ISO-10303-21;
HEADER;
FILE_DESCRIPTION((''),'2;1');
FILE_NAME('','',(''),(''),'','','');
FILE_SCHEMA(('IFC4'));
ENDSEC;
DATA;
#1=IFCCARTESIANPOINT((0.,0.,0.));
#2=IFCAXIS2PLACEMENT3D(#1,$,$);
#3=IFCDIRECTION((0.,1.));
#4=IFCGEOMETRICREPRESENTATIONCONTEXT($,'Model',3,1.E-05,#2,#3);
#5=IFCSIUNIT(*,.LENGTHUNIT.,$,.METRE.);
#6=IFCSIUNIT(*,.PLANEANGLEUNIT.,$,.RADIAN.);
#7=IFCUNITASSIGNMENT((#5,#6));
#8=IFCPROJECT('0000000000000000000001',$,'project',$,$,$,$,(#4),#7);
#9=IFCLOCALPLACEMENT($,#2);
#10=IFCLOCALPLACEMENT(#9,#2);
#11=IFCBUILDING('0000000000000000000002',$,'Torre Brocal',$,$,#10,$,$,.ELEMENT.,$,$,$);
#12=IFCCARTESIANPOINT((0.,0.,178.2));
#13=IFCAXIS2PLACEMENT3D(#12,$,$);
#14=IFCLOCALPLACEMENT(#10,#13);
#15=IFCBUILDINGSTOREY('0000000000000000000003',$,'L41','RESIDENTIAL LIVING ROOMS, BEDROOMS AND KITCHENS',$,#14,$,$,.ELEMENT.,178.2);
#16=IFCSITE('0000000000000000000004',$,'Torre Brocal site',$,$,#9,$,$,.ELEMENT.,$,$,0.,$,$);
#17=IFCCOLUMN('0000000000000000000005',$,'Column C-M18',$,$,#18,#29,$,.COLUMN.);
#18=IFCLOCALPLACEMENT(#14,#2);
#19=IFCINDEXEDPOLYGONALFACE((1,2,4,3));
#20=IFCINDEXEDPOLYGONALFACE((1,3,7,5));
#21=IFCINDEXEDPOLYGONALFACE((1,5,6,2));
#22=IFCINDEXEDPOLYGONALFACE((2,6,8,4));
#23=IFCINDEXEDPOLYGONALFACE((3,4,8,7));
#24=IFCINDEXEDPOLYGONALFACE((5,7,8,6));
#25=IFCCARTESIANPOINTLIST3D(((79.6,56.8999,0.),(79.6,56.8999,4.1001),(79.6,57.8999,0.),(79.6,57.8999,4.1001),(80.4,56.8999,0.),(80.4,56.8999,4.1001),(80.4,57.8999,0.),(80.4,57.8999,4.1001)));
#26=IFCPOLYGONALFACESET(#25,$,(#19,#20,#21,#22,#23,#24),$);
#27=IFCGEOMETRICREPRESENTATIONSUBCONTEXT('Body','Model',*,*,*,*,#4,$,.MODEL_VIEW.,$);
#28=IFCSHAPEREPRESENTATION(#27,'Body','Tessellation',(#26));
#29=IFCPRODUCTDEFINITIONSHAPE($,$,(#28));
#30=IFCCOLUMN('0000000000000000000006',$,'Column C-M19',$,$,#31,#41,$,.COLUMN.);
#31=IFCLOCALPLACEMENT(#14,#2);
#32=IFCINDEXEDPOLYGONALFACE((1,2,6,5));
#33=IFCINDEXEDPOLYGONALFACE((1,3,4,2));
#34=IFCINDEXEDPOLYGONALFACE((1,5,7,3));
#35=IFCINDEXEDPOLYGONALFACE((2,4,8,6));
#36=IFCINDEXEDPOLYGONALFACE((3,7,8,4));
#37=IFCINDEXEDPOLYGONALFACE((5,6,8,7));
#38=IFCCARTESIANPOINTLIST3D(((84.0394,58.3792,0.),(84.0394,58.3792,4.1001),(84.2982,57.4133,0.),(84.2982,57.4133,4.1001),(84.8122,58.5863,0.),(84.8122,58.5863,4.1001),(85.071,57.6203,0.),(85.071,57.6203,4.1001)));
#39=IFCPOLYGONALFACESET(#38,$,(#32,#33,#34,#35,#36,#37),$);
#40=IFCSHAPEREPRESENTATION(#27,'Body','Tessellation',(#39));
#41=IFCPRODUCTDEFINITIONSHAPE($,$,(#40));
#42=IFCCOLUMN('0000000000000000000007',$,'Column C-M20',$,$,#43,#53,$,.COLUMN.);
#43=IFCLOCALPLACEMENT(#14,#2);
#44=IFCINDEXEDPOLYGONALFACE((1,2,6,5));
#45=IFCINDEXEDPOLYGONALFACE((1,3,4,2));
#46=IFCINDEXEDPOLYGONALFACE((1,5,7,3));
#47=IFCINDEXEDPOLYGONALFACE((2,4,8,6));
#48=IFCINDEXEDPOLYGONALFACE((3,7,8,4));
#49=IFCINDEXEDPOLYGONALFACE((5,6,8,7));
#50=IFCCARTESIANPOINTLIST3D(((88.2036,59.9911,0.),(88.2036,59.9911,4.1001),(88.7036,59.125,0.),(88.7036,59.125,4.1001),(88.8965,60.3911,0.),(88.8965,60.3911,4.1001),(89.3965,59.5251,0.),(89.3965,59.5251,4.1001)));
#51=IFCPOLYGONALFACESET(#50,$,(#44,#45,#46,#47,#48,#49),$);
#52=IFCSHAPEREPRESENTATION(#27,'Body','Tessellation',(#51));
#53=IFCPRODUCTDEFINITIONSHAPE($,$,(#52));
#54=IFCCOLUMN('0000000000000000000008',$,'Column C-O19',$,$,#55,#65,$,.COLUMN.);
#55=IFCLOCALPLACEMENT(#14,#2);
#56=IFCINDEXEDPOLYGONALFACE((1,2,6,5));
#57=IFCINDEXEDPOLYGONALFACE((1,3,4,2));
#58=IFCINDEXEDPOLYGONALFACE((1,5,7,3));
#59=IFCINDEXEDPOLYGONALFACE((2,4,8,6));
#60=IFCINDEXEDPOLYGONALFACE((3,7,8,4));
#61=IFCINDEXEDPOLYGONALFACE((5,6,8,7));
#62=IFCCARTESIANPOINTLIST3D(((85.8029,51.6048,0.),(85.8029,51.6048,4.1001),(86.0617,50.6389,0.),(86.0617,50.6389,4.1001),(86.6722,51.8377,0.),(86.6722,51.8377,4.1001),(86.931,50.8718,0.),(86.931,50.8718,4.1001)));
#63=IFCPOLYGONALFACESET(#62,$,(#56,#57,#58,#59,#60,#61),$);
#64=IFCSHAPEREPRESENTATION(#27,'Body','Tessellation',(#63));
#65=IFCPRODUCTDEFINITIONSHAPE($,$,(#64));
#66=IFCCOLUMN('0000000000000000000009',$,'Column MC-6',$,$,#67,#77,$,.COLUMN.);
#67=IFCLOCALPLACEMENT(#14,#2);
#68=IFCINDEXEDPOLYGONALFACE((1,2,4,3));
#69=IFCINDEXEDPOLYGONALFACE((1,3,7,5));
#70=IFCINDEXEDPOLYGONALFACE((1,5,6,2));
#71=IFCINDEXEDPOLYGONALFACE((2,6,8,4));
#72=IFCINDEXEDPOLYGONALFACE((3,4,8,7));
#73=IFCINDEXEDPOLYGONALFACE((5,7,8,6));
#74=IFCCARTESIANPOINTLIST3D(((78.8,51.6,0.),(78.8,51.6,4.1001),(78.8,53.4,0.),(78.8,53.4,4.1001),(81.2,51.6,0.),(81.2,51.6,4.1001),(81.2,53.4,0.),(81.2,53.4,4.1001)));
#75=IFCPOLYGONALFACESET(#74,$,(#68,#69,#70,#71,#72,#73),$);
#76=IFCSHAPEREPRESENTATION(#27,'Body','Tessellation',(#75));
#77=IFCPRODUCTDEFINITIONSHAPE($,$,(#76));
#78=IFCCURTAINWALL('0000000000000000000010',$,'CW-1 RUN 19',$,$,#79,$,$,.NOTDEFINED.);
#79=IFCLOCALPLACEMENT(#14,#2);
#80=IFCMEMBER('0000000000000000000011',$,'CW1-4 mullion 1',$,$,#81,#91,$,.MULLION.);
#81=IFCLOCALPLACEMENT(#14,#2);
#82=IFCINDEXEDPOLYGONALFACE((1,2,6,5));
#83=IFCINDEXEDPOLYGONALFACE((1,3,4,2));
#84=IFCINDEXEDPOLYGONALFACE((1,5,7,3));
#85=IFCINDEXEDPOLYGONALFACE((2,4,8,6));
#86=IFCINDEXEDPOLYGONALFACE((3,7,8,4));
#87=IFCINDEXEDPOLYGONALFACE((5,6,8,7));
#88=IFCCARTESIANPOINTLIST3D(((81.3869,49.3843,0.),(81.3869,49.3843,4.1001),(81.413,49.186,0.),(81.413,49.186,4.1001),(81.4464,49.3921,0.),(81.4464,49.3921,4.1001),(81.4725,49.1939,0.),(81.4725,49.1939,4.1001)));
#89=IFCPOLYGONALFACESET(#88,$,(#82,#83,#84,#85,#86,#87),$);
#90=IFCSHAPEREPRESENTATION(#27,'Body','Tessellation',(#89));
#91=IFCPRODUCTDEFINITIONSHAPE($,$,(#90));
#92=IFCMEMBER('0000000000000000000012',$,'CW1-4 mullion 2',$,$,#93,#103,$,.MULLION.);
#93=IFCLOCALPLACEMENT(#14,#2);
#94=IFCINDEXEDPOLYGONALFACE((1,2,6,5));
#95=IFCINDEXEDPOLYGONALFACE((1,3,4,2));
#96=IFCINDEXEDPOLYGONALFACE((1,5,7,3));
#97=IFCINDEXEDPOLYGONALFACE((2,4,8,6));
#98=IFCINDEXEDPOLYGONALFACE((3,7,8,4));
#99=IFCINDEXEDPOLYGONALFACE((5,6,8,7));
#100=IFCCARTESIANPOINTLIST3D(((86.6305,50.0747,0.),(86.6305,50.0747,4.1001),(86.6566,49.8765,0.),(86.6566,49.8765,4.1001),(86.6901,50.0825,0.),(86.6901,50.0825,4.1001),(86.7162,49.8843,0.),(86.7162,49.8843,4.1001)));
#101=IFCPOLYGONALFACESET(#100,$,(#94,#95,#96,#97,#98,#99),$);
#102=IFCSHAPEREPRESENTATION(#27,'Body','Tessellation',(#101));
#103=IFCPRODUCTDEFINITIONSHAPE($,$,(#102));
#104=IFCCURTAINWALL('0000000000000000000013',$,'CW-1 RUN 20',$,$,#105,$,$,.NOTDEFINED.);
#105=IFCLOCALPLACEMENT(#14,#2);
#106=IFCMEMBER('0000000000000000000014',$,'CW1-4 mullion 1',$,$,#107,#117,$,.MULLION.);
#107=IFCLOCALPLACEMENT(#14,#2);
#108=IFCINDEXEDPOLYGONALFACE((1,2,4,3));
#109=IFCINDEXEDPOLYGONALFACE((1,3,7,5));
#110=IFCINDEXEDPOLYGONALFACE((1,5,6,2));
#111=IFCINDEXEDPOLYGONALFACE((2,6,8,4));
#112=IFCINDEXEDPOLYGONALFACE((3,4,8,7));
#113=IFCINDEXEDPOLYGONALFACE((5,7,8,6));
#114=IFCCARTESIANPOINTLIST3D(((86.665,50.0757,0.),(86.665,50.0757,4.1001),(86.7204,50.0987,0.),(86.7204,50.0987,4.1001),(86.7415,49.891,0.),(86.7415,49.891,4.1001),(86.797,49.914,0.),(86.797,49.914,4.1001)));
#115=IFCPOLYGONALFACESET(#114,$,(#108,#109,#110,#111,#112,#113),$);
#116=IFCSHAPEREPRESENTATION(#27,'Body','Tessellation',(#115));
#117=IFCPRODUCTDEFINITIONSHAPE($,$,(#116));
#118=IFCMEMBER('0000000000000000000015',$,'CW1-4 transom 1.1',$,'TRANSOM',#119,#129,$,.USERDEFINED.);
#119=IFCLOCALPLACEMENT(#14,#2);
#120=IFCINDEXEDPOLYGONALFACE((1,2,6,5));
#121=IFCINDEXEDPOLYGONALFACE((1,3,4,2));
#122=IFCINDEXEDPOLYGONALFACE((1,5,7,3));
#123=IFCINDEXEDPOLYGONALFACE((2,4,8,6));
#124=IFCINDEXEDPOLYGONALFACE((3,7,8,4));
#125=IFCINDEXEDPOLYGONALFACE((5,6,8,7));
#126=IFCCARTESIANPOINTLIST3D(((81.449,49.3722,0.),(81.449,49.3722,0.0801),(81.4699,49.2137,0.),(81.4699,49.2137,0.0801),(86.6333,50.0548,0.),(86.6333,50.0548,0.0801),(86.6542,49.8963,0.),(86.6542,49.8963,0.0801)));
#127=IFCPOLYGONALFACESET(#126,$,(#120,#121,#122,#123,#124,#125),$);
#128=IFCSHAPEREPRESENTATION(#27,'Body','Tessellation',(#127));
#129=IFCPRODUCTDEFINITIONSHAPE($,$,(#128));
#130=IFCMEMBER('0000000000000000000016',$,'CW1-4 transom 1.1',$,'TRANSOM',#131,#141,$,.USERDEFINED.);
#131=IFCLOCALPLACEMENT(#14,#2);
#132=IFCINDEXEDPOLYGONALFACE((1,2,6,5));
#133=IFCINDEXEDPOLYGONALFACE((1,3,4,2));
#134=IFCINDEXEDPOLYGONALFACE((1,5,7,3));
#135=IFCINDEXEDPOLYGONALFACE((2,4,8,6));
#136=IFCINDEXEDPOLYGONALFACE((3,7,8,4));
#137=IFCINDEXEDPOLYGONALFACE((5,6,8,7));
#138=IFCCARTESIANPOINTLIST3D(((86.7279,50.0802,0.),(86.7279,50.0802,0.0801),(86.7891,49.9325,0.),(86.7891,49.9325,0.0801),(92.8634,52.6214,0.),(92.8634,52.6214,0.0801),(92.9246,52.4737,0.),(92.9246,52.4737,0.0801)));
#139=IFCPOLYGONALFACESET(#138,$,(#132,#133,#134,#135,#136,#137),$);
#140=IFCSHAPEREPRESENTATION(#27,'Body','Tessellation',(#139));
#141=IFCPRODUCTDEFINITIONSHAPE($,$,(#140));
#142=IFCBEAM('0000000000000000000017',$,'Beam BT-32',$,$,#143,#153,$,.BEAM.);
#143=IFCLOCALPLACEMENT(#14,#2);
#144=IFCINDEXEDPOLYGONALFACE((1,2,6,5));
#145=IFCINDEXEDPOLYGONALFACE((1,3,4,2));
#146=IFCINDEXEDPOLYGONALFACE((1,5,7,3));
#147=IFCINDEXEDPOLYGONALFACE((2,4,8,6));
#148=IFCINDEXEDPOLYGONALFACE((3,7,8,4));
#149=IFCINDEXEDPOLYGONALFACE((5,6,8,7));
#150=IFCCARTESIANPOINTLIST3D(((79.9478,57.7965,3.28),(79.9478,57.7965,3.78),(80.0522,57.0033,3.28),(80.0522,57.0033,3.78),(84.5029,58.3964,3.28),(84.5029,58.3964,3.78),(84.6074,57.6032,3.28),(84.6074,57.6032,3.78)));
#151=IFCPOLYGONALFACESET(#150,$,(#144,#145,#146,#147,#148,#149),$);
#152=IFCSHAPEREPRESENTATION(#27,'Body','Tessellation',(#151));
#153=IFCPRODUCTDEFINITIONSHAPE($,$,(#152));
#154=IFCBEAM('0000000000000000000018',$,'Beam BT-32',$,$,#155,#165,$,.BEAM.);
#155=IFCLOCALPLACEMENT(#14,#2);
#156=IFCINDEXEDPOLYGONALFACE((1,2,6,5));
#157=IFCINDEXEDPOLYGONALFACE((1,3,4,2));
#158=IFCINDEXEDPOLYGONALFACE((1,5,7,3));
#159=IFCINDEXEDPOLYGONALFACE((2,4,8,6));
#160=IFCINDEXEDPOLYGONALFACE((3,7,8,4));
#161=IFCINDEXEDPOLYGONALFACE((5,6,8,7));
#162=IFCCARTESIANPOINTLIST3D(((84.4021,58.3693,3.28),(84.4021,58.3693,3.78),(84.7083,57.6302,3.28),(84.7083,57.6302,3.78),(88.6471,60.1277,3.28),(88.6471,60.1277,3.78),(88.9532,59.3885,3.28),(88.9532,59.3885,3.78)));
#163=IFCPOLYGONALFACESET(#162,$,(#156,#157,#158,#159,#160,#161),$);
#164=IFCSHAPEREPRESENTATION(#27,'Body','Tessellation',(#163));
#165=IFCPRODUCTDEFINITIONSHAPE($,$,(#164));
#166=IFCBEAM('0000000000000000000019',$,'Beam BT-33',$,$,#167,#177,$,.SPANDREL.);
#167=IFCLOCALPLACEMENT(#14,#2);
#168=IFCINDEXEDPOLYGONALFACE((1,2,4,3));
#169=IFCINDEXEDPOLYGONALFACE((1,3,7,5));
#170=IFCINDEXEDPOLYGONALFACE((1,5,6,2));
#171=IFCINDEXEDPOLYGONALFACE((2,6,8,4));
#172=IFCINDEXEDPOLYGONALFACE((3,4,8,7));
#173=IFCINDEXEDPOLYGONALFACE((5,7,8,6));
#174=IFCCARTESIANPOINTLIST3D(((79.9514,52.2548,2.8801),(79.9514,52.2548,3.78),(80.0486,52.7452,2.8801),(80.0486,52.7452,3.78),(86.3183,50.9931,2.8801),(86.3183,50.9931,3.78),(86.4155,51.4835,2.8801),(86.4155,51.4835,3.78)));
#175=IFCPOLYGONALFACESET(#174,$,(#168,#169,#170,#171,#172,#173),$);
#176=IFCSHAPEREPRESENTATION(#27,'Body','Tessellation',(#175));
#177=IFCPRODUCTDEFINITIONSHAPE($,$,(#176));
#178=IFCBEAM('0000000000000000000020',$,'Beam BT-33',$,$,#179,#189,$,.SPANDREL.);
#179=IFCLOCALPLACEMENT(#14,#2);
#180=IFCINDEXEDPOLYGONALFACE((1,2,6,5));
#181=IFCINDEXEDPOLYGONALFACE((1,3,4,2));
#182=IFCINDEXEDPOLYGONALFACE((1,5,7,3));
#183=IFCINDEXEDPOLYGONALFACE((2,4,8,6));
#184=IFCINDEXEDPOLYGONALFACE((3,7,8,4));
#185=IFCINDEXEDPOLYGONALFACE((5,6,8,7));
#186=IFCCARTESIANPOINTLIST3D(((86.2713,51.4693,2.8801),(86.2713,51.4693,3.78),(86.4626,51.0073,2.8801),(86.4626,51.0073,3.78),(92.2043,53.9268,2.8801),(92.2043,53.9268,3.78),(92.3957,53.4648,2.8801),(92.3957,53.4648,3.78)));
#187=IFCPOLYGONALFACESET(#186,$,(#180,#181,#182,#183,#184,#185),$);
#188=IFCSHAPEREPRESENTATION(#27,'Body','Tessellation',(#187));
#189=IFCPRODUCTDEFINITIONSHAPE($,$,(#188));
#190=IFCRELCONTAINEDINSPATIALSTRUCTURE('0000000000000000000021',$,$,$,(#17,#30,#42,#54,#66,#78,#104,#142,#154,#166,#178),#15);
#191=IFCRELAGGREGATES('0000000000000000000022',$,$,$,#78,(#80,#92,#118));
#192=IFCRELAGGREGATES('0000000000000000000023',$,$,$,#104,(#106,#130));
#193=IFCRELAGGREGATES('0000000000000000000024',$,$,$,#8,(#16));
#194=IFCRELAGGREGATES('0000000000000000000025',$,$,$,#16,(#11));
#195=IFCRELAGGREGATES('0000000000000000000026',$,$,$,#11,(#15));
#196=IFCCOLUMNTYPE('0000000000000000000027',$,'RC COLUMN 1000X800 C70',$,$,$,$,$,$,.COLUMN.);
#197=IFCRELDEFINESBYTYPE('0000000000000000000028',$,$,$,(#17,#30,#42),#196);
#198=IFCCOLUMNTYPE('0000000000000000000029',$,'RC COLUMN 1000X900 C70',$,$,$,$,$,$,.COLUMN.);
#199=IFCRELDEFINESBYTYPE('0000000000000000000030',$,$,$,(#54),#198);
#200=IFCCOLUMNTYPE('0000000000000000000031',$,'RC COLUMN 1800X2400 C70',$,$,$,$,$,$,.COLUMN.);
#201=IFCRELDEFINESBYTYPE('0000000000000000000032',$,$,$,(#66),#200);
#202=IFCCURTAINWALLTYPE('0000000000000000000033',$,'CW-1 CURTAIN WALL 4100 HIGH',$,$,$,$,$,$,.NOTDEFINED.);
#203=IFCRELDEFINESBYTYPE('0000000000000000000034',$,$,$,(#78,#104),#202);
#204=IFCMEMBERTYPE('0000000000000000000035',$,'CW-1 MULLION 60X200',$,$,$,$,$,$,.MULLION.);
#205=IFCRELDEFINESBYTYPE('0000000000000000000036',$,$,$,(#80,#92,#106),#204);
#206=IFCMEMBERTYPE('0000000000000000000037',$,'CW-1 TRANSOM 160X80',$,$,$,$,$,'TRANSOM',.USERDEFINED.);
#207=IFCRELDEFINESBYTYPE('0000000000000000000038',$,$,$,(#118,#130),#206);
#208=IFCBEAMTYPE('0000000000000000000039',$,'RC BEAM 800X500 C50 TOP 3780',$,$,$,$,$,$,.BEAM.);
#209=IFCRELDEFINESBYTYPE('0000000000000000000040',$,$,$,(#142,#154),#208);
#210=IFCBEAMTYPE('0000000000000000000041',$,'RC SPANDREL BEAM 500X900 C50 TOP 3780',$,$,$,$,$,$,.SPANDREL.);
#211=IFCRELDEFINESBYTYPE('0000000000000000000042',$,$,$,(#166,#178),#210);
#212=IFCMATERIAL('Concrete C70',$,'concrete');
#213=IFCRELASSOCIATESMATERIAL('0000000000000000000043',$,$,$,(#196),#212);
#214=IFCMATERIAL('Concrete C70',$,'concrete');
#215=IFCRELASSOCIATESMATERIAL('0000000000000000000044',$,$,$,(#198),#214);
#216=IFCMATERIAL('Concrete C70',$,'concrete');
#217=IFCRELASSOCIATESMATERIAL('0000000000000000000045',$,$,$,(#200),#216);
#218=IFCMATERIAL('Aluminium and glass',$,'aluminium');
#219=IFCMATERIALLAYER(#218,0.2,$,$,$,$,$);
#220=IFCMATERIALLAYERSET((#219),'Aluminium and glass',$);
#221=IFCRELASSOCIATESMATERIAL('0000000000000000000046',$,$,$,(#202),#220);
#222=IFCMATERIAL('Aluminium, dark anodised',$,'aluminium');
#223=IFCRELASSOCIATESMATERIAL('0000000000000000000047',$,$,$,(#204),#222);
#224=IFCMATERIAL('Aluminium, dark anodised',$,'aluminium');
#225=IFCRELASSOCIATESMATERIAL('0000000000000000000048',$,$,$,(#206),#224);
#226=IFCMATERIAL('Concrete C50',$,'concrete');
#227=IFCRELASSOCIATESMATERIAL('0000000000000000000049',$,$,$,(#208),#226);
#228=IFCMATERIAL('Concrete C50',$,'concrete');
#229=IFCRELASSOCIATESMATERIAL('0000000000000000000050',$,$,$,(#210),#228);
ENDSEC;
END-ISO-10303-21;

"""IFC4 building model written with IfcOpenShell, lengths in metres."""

from ifc_helpers import new_model, si_unit, direction, frame, origin, origin_2d, place, context, subcontext, project, spatial, rectangle, extrude, material, layer, layer_set, material_profile, profile_set, type_object, element, aggregate, save


model = new_model("IFC4")

# Units and contexts
model_context = context("Model", 3, precision=1e-05, world=origin(), true_north=direction((0.0, 1.0)))
body_context = subcontext(model_context, "Body", "Model", "MODEL_VIEW")
ifc_project = project(units=[si_unit("LENGTHUNIT", "METRE"), si_unit("PLANEANGLEUNIT", "RADIAN")], contexts=[model_context])

# Site, building, storey
site_placement = place(None, origin())
site = spatial("IfcSite", under=ifc_project, at=site_placement, Name="Torre Brocal site", CompositionType="ELEMENT", RefElevation=0.0)
building_placement = place(site_placement, origin())
building = spatial("IfcBuilding", under=site, at=building_placement, Name="Torre Brocal", CompositionType="ELEMENT")
storey_placement = place(building_placement, frame((0.0, 0.0, 178.2)))
storey = spatial("IfcBuildingStorey", under=building, at=storey_placement, Name="L41", Description="RESIDENTIAL LIVING ROOMS, BEDROOMS AND KITCHENS", CompositionType="ELEMENT", Elevation=178.2)

# Columns
ifc_material_1 = material(Name="Concrete C70", Category="concrete")
ifc_material_profile_1 = material_profile(ifc_material_1, rectangle(XDim=1.0, YDim=0.8, at=origin_2d()), Name="RC 1000X800")
ifc_profile_set_1 = profile_set([ifc_material_profile_1], Name="Concrete C70")
column_type_1 = type_object("IfcColumnType", Name="RC COLUMN 1000X800 C70", PredefinedType="COLUMN", material=ifc_profile_set_1)
for number, where, z_axis, x_axis, name in (
    (1, (80.0, 57.3999, 0.0), (0.0, 0.0, 1.0), (0.0, -1.0, 0.0), "Column C-M18"),
    (2, (84.5552, 57.9998, 0.0), (0.0, 0.0, 1.0), (0.258819, -0.965926, 0.0), "Column C-M19"),
    (3, (88.8, 59.7581, 0.0), (0.0, 0.0, 1.0), (0.5, -0.866025, 0.0), "Column C-M20"),
):
    element("IfcColumn", number, at=place(storey_placement, frame(where, z_axis=z_axis, x_axis=x_axis)), inside=storey, type_object=column_type_1, Name=name, PredefinedType="COLUMN", context=body_context, shape_type="SweptSolid", body=[
        extrude(rectangle(XDim=1.0, YDim=0.8, at=origin_2d()), origin(), (0.0, 0.0, 1.0), 4.1001),
    ])
ifc_material_2 = material(Name="Concrete C70", Category="concrete")
ifc_material_profile_2 = material_profile(ifc_material_2, rectangle(XDim=1.0, YDim=0.8999, at=origin_2d()), Name="RC 1000X900")
ifc_profile_set_2 = profile_set([ifc_material_profile_2], Name="Concrete C70")
column_type_2 = type_object("IfcColumnType", Name="RC COLUMN 1000X900 C70", PredefinedType="COLUMN", material=ifc_profile_set_2)
column_1_placement = place(storey_placement, frame((86.3669, 51.2383, 0.0), z_axis=(0.0, 0.0, 1.0), x_axis=(0.258819, -0.965926, 0.0)))
element("IfcColumn", 4, at=column_1_placement, inside=storey, type_object=column_type_2, Name="Column C-O19", PredefinedType="COLUMN", context=body_context, shape_type="SweptSolid", body=[
    extrude(rectangle(XDim=1.0, YDim=0.8999, at=origin_2d()), origin(), (0.0, 0.0, 1.0), 4.1001),
])
ifc_material_3 = material(Name="Concrete C70", Category="concrete")
ifc_material_profile_3 = material_profile(ifc_material_3, rectangle(XDim=1.8, YDim=2.3999, at=origin_2d()), Name="RC 1800X2400")
ifc_profile_set_3 = profile_set([ifc_material_profile_3], Name="Concrete C70")
column_type_3 = type_object("IfcColumnType", Name="RC COLUMN 1800X2400 C70", PredefinedType="COLUMN", material=ifc_profile_set_3)
column_2_placement = place(storey_placement, frame((80.0, 52.5, 0.0), z_axis=(0.0, 0.0, 1.0), x_axis=(0.0, -1.0, 0.0)))
element("IfcColumn", 5, at=column_2_placement, inside=storey, type_object=column_type_3, Name="Column MC-6", PredefinedType="COLUMN", context=body_context, shape_type="SweptSolid", body=[
    extrude(rectangle(XDim=1.8, YDim=2.3999, at=origin_2d()), origin(), (0.0, 0.0, 1.0), 4.1001),
])

# Curtain wall, members
ifc_material_4 = material(Name="Aluminium and glass", Category="aluminium")
ifc_layer_1 = layer(ifc_material_4, 0.2)
ifc_layer_set_1 = layer_set([ifc_layer_1], Name="Aluminium and glass")
curtain_wall_type = type_object("IfcCurtainWallType", Name="CW-1 CURTAIN WALL 4100 HIGH", PredefinedType="NOTDEFINED", material=ifc_layer_set_1)
curtain_wall_1_placement = place(storey_placement, origin())
curtain_wall_1 = element("IfcCurtainWall", 6, at=curtain_wall_1_placement, inside=storey, type_object=curtain_wall_type, Name="CW-1 RUN 19", PredefinedType="NOTDEFINED")
ifc_material_5 = material(Name="Aluminium, dark anodised", Category="aluminium")
ifc_material_profile_4 = material_profile(ifc_material_5, rectangle(XDim=0.2, YDim=0.0601, at=origin_2d()), Name="CW-1 MULLION 60X200")
ifc_profile_set_4 = profile_set([ifc_material_profile_4], Name="Aluminium, dark anodised")
member_type_1 = type_object("IfcMemberType", Name="CW-1 MULLION 60X200", PredefinedType="MULLION", material=ifc_profile_set_4)
member_1_placement = place(storey_placement, frame((81.4297, 49.2891, 0.0), z_axis=(0.0, 0.0, 1.0), x_axis=(-0.130526, 0.991445, 0.0)))
member_1 = element("IfcMember", 7, at=member_1_placement, type_object=member_type_1, Name="CW1-4 mullion 1", PredefinedType="MULLION", context=body_context, shape_type="SweptSolid", body=[
    extrude(rectangle(XDim=0.2, YDim=0.0601, at=origin_2d()), origin(), (0.0, 0.0, 1.0), 4.1001),
])
member_2_placement = place(storey_placement, frame((86.6733, 49.9795, 0.0), z_axis=(0.0, 0.0, 1.0), x_axis=(-0.130526, 0.991445, 0.0)))
member_2 = element("IfcMember", 8, at=member_2_placement, type_object=member_type_1, Name="CW1-4 mullion 2", PredefinedType="MULLION", context=body_context, shape_type="SweptSolid", body=[
    extrude(rectangle(XDim=0.2, YDim=0.0601, at=origin_2d()), origin(), (0.0, 0.0, 1.0), 4.1001),
])

# Curtain wall, member
curtain_wall_2_placement = place(storey_placement, origin())
curtain_wall_2 = element("IfcCurtainWall", 9, at=curtain_wall_2_placement, inside=storey, type_object=curtain_wall_type, Name="CW-1 RUN 20", PredefinedType="NOTDEFINED")
member_3_placement = place(storey_placement, frame((86.731, 49.9949, 0.0), z_axis=(0.0, 0.0, 1.0), x_axis=(-0.382683, 0.92388, 0.0)))
member_3 = element("IfcMember", 10, at=member_3_placement, type_object=member_type_1, Name="CW1-4 mullion 1", PredefinedType="MULLION", context=body_context, shape_type="SweptSolid", body=[
    extrude(rectangle(XDim=0.2, YDim=0.0601, at=origin_2d()), origin(), (0.0, 0.0, 1.0), 4.1001),
])

# Members
ifc_material_6 = material(Name="Aluminium, dark anodised", Category="aluminium")
ifc_material_profile_5 = material_profile(ifc_material_6, rectangle(XDim=0.1599, YDim=0.0801, at=origin_2d()), Name="CW-1 TRANSOM 160X80")
ifc_profile_set_5 = profile_set([ifc_material_profile_5], Name="Aluminium, dark anodised")
member_type_2 = type_object("IfcMemberType", Name="CW-1 TRANSOM 160X80", ElementType="TRANSOM", PredefinedType="USERDEFINED", material=ifc_profile_set_5)
member_4_placement = place(storey_placement, frame((81.4595, 49.293, 0.04), z_axis=(0.991443, 0.130543, 0.0), x_axis=(-0.130543, 0.991443, 0.0)))
member_4 = element("IfcMember", 11, at=member_4_placement, type_object=member_type_2, Name="CW1-4 transom 1.1", ObjectType="TRANSOM", PredefinedType="USERDEFINED", context=body_context, shape_type="SweptSolid", body=[
    extrude(rectangle(XDim=0.1599, YDim=0.0801, at=origin_2d()), origin(), (0.0, 0.0, 1.0), 5.229),
])
member_5_placement = place(storey_placement, frame((86.7585, 50.0063, 0.04), z_axis=(0.923887, 0.382665, 0.0), x_axis=(-0.382665, 0.923887, 0.0)))
member_5 = element("IfcMember", 12, at=member_5_placement, type_object=member_type_2, Name="CW1-4 transom 1.1", ObjectType="TRANSOM", PredefinedType="USERDEFINED", context=body_context, shape_type="SweptSolid", body=[
    extrude(rectangle(XDim=0.1599, YDim=0.0801, at=origin_2d()), origin(), (0.0, 0.0, 1.0), 6.6409),
])

# Beams
ifc_material_7 = material(Name="Concrete C50", Category="concrete")
ifc_material_profile_6 = material_profile(ifc_material_7, rectangle(XDim=0.8, YDim=0.5, at=origin_2d()), Name="RC 800X500")
ifc_profile_set_6 = profile_set([ifc_material_profile_6], Name="Concrete C50")
beam_type_1 = type_object("IfcBeamType", Name="RC BEAM 800X500 C50 TOP 3780", PredefinedType="BEAM", material=ifc_profile_set_6)
beam_1_placement = place(storey_placement, frame((80.0, 57.3999, 3.53), z_axis=(0.991441, 0.130559, 0.0), x_axis=(-0.130559, 0.991441, 0.0)))
element("IfcBeam", 13, at=beam_1_placement, inside=storey, type_object=beam_type_1, Name="Beam BT-32", PredefinedType="BEAM", context=body_context, shape_type="SweptSolid", body=[
    extrude(rectangle(XDim=0.8, YDim=0.5, at=origin_2d()), origin(), (0.0, 0.0, 1.0), 4.5945),
])
beam_2_placement = place(storey_placement, frame((84.5552, 57.9998, 3.53), z_axis=(0.923878, 0.382687, 0.0), x_axis=(-0.382687, 0.923878, 0.0)))
element("IfcBeam", 14, at=beam_2_placement, inside=storey, type_object=beam_type_1, Name="Beam BT-32", PredefinedType="BEAM", context=body_context, shape_type="SweptSolid", body=[
    extrude(rectangle(XDim=0.8, YDim=0.5, at=origin_2d()), origin(), (0.0, 0.0, 1.0), 4.5947),
])
ifc_material_8 = material(Name="Concrete C50", Category="concrete")
ifc_material_profile_7 = material_profile(ifc_material_8, rectangle(XDim=0.5, YDim=0.8999, at=origin_2d()), Name="RC 500X900")
ifc_profile_set_7 = profile_set([ifc_material_profile_7], Name="Concrete C50")
beam_type_2 = type_object("IfcBeamType", Name="RC SPANDREL BEAM 500X900 C50 TOP 3780", PredefinedType="SPANDREL", material=ifc_profile_set_7)
beam_3_placement = place(storey_placement, frame((80.0, 52.5, 3.3301), z_axis=(0.980925, -0.194387, 0.0), x_axis=(0.194387, 0.980925, 0.0)))
element("IfcBeam", 15, at=beam_3_placement, inside=storey, type_object=beam_type_2, Name="Beam BT-33", PredefinedType="SPANDREL", context=body_context, shape_type="SweptSolid", body=[
    extrude(rectangle(XDim=0.5, YDim=0.8999, at=origin_2d()), origin(), (0.0, 0.0, 1.0), 6.4907),
])
beam_4_placement = place(storey_placement, frame((86.3669, 51.2383, 3.3301), z_axis=(0.923882, 0.382676, 0.0), x_axis=(-0.382676, 0.923882, 0.0)))
element("IfcBeam", 16, at=beam_4_placement, inside=storey, type_object=beam_type_2, Name="Beam BT-33", PredefinedType="SPANDREL", context=body_context, shape_type="SweptSolid", body=[
    extrude(rectangle(XDim=0.5, YDim=0.8999, at=origin_2d()), origin(), (0.0, 0.0, 1.0), 6.4219),
])

aggregate(curtain_wall_1, [member_1, member_2, member_4])
aggregate(curtain_wall_2, [member_3, member_5])

save(model, "model.ifc")
